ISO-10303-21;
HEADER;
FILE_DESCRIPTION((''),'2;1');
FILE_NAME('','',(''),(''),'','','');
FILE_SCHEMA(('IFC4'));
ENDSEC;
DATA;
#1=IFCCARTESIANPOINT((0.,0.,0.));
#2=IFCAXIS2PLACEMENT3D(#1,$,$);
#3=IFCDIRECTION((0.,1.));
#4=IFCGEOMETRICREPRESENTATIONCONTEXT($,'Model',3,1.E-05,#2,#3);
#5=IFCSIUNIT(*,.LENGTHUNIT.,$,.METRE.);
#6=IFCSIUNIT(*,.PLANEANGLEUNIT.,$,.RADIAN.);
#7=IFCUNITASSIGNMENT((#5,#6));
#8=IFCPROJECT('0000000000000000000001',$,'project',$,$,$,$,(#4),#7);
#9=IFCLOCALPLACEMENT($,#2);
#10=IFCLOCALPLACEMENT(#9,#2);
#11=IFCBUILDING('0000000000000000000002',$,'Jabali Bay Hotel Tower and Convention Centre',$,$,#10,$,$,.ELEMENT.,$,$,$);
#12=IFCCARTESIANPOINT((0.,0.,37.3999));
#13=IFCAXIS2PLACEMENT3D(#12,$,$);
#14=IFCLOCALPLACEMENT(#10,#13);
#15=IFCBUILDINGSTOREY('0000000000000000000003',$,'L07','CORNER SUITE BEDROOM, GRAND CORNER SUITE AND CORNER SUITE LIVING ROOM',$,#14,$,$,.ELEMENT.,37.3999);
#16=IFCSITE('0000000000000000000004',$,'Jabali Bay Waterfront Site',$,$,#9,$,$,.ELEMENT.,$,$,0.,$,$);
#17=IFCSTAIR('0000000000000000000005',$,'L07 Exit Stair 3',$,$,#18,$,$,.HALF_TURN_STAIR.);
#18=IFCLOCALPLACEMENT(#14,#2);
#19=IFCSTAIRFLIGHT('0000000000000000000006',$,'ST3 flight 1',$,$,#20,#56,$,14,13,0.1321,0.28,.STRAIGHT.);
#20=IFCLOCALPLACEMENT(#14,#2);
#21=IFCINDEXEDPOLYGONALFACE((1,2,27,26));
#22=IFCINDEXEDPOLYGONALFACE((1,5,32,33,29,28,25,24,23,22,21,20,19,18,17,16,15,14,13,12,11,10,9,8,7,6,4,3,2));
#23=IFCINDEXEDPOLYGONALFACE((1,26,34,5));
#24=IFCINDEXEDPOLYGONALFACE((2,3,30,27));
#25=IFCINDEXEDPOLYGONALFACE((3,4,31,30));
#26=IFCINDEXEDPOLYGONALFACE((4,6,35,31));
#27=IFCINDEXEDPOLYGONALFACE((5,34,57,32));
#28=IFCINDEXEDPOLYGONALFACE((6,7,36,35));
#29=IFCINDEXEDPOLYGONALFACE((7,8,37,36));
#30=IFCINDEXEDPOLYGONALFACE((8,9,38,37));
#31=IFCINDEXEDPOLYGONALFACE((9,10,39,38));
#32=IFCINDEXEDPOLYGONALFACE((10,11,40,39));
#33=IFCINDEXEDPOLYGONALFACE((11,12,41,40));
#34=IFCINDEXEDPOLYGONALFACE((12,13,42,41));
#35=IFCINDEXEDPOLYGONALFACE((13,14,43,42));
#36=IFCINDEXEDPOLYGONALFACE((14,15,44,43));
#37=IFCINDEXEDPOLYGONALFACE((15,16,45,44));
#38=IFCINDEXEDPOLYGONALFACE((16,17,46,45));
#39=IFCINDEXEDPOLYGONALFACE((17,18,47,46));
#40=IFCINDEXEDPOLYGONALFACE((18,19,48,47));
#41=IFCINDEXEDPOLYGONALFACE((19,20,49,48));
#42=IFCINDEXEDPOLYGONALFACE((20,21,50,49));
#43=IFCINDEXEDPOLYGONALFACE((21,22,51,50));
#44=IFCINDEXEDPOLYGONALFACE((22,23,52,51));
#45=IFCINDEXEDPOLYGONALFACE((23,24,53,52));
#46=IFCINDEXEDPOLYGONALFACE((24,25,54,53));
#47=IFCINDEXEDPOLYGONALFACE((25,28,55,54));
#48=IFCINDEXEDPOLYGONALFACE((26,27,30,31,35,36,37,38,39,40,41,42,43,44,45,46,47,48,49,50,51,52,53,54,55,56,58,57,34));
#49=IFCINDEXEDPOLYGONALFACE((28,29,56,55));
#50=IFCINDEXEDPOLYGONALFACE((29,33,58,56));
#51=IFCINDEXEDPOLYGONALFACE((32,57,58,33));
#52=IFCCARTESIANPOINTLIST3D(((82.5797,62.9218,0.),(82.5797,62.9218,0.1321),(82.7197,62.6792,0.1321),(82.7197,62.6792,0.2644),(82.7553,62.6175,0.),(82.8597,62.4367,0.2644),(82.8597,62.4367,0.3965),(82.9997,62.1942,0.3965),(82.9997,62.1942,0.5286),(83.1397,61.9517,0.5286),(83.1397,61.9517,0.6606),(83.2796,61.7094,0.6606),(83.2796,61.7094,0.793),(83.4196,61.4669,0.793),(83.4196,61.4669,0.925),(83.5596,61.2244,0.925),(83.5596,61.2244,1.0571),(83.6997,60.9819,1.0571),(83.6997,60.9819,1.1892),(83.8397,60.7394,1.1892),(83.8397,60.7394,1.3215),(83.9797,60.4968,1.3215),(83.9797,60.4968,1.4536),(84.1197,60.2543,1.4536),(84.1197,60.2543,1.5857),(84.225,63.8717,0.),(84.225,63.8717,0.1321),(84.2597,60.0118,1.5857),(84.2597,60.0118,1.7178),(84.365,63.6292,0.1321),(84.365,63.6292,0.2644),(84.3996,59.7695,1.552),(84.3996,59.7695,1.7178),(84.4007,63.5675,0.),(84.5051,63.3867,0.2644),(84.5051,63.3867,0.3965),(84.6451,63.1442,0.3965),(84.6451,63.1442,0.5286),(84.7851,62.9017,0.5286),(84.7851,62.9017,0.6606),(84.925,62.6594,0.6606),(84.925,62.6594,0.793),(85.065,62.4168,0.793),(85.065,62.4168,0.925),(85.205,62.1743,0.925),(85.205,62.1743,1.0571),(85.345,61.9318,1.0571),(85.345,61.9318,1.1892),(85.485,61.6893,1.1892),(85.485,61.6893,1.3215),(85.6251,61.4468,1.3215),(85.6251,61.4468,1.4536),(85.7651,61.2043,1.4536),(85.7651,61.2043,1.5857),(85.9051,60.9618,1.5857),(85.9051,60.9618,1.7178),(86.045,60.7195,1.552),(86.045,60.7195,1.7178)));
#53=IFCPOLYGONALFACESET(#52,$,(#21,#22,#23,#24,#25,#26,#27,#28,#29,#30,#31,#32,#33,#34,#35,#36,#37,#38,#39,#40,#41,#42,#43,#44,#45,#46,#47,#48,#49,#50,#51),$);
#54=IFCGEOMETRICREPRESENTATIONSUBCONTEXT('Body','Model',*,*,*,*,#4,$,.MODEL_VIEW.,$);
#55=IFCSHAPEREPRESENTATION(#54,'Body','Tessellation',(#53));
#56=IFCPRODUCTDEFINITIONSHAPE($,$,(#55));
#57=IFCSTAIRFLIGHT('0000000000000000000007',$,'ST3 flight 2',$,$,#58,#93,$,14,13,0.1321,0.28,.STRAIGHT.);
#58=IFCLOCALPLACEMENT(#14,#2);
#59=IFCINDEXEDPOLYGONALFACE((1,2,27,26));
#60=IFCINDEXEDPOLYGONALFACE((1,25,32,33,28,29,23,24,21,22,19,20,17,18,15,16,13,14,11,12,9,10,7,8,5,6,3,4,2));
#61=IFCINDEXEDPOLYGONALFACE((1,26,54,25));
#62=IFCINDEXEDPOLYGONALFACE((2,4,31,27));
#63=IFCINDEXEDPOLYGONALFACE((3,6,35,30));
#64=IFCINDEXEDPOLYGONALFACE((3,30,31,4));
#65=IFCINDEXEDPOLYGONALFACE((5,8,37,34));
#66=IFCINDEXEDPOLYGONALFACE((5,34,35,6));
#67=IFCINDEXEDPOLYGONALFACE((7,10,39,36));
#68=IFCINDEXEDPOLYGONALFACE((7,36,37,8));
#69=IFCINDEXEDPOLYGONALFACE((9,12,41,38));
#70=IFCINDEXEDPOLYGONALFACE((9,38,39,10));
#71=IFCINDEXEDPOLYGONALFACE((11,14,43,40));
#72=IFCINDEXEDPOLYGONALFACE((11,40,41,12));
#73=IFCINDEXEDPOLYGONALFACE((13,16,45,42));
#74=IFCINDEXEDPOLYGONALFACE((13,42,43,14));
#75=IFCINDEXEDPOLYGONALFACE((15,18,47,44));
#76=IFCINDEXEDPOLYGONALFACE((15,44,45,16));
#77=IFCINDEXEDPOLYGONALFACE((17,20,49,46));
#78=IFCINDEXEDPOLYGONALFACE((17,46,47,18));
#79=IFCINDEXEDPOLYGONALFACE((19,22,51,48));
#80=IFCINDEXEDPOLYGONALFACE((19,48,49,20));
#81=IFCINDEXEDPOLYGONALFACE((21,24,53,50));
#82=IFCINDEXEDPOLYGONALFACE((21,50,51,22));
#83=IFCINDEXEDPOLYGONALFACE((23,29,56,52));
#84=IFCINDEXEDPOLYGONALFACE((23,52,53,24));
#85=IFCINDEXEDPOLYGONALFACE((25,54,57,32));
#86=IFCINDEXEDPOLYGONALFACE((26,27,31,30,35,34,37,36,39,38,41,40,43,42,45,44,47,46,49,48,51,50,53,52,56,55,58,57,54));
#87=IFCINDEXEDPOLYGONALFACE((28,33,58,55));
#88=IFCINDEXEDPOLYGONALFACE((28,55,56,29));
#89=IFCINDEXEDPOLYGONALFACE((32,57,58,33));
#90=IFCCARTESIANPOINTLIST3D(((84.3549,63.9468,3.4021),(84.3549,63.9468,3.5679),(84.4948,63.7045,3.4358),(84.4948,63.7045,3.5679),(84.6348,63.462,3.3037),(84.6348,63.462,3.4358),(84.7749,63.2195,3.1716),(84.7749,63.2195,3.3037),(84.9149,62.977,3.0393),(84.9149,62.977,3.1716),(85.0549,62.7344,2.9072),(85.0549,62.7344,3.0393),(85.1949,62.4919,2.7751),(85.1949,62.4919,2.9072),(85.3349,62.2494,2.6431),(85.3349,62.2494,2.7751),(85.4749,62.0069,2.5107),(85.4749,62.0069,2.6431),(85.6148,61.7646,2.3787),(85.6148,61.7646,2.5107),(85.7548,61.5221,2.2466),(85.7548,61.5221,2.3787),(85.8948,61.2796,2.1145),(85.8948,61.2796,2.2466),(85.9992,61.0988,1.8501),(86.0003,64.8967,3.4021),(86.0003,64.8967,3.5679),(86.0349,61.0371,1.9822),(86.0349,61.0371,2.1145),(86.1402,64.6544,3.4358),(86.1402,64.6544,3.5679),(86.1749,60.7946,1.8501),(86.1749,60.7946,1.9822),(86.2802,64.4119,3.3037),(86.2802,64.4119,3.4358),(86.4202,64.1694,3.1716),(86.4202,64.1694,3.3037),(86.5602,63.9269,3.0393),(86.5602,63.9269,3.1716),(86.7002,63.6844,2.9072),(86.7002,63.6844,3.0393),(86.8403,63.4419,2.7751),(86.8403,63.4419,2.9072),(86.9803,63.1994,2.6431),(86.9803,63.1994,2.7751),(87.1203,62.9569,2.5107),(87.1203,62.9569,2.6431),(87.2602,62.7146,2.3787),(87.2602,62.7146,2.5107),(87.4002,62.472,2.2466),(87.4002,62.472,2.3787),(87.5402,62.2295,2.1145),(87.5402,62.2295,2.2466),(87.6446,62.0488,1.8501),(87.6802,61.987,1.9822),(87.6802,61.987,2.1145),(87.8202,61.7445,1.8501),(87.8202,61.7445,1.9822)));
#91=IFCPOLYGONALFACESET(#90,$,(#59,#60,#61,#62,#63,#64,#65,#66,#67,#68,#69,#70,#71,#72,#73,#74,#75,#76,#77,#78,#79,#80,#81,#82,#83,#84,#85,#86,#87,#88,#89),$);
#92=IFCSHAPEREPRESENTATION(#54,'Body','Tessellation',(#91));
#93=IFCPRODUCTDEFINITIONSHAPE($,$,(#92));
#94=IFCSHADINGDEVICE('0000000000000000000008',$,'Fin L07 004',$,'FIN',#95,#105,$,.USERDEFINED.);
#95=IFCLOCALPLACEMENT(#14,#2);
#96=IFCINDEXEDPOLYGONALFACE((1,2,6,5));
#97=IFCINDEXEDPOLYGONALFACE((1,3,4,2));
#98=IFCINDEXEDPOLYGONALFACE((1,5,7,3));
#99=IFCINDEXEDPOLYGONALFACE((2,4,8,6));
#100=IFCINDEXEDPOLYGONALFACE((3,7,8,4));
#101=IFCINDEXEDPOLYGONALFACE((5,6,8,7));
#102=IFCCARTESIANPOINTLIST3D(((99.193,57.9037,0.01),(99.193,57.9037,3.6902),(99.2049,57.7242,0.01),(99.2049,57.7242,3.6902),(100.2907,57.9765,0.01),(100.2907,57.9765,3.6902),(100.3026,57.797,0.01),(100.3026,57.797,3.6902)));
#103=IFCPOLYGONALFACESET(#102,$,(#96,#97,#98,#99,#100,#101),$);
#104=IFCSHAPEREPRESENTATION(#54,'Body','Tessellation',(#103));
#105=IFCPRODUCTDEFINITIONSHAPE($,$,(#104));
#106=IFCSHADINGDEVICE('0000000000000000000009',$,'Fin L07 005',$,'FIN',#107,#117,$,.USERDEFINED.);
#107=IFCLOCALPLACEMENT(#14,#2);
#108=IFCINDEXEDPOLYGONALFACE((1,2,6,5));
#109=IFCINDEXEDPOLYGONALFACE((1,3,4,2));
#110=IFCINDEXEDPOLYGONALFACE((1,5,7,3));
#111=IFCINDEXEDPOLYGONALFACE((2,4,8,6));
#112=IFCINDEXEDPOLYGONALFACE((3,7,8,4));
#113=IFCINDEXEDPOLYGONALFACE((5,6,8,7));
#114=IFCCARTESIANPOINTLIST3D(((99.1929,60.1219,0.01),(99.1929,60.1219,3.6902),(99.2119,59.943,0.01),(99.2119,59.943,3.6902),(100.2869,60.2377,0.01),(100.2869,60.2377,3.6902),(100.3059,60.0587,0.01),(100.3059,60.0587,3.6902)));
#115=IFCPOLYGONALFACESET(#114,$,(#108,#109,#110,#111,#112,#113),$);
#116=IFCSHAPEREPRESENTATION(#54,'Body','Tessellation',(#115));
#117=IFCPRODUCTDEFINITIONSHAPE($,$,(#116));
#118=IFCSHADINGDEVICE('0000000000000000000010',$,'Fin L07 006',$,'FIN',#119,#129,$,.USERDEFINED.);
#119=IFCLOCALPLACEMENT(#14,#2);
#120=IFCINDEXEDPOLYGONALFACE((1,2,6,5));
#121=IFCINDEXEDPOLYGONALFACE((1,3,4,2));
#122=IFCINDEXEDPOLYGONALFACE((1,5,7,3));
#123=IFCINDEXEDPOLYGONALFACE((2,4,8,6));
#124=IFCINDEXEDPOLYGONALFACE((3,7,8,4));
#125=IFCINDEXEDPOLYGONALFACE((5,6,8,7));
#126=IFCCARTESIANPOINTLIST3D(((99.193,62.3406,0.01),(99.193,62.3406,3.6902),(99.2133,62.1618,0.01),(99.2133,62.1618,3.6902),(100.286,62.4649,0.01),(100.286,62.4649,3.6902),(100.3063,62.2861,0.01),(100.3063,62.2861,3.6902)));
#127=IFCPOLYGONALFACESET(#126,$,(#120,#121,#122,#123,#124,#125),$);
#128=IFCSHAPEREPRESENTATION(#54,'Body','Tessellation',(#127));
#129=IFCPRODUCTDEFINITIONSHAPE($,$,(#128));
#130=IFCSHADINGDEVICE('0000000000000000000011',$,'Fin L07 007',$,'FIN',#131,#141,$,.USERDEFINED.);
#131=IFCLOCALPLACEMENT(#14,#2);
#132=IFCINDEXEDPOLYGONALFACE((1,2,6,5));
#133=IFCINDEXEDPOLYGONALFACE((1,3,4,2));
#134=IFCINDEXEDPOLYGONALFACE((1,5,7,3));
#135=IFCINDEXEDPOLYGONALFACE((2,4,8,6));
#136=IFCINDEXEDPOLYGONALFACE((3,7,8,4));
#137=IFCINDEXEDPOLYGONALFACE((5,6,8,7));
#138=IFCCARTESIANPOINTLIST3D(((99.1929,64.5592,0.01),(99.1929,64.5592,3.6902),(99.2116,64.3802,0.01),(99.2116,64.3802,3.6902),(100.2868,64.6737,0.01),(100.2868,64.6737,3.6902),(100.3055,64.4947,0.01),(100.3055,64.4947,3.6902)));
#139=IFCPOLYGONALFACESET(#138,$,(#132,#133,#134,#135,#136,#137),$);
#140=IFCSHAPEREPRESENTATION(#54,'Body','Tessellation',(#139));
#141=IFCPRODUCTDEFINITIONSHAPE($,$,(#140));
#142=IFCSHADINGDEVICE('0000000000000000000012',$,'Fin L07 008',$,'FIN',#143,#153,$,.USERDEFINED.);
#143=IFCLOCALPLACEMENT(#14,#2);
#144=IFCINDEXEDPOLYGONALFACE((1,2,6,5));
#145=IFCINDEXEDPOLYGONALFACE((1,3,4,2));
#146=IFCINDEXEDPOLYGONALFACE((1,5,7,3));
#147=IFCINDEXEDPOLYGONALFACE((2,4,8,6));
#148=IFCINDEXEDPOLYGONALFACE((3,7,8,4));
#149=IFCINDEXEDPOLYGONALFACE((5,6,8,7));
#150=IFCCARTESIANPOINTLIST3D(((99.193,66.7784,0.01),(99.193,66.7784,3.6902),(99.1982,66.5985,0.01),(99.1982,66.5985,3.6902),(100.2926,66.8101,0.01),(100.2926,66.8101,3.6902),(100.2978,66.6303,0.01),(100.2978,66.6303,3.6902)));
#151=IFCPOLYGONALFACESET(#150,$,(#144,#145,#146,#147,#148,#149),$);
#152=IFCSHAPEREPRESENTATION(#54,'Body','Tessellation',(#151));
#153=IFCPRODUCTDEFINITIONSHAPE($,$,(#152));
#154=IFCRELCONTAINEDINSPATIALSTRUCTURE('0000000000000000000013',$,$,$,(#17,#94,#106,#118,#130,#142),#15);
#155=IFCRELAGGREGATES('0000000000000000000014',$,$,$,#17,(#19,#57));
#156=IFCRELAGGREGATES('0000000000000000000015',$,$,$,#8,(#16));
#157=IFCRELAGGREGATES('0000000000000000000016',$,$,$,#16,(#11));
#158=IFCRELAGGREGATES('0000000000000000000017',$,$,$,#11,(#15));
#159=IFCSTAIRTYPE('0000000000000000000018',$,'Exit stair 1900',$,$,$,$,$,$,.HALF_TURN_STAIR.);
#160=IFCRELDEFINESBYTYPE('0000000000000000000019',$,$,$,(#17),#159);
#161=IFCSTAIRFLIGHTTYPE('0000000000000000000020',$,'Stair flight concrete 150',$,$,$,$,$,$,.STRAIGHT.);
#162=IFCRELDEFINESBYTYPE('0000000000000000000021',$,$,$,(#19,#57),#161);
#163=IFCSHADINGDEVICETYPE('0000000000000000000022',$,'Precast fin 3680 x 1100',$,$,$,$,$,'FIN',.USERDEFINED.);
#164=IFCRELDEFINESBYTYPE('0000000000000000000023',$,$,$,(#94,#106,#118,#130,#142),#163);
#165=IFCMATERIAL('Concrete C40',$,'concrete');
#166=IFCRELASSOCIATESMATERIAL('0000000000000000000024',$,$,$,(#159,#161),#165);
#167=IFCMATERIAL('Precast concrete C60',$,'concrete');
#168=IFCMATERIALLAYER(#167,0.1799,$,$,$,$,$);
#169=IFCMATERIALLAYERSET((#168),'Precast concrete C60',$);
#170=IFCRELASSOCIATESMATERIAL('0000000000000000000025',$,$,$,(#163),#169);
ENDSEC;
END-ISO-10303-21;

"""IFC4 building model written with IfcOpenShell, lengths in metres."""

from ifc_helpers import new_model, si_unit, direction, frame, frame_2d, origin, place, context, subcontext, project, spatial, polyline, rectangle, outline, extrude, material, layer, layer_set, type_object, element, aggregate, save


model = new_model("IFC4")

# Units and contexts
model_context = context("Model", 3, precision=1e-05, world=origin(), true_north=direction((0.0, 1.0)))
body_context = subcontext(model_context, "Body", "Model", "MODEL_VIEW")
ifc_project = project(units=[si_unit("LENGTHUNIT", "METRE"), si_unit("PLANEANGLEUNIT", "RADIAN")], contexts=[model_context])

# Site, building, storey
site_placement = place(None, origin())
site = spatial("IfcSite", under=ifc_project, at=site_placement, Name="Jabali Bay Waterfront Site", CompositionType="ELEMENT", RefElevation=0.0)
building_placement = place(site_placement, origin())
building = spatial("IfcBuilding", under=site, at=building_placement, Name="Jabali Bay Hotel Tower and Convention Centre", CompositionType="ELEMENT")
storey_placement = place(building_placement, frame((0.0, 0.0, 37.3999)))
storey = spatial("IfcBuildingStorey", under=building, at=storey_placement, Name="L07", Description="CORNER SUITE BEDROOM, GRAND CORNER SUITE AND CORNER SUITE LIVING ROOM", CompositionType="ELEMENT", Elevation=37.3999)

# Shared definitions
ifc_material_1 = material(Name="Concrete C40", Category="concrete")

# Stair, stair flights
stair_type = type_object("IfcStairType", Name="Exit stair 1900", PredefinedType="HALF_TURN_STAIR", material=ifc_material_1)
stair_placement = place(storey_placement, origin())
stair = element("IfcStair", 1, at=stair_placement, inside=storey, type_object=stair_type, Name="L07 Exit Stair 3", PredefinedType="HALF_TURN_STAIR")
stair_flight_type = type_object("IfcStairFlightType", Name="Stair flight concrete 150", PredefinedType="STRAIGHT", material=ifc_material_1)
stair_flight_1_placement = place(storey_placement, frame((83.4023, 63.3967, 0.0), z_axis=(0.0, 0.0, 1.0), x_axis=(0.5, -0.866025, 0.0)))
stair_flight_1 = element("IfcStairFlight", 2, at=stair_flight_1_placement, type_object=stair_flight_type, Name="ST3 flight 1", NumberOfRisers=14, NumberOfTreads=13, PredefinedType="STRAIGHT", RiserHeight=0.1321, TreadLength=0.28, context=body_context, shape_type="SweptSolid", body=[
    extrude(outline(polyline([(0.0, 0.0), (0.0, 0.1321), (0.28, 0.1321), (0.28, 0.2644), (0.5601, 0.2644), (0.5601, 0.3965), (0.8401, 0.3965), (0.8401, 0.5286), (1.1201, 0.5286), (1.1201, 0.6606), (1.3999, 0.6606), (1.3999, 0.793), (1.6799, 0.793), (1.6799, 0.925), (1.96, 0.925), (1.96, 1.0571), (2.24, 1.0571), (2.24, 1.1892), (2.52, 1.1892), (2.52, 1.3215), (2.8, 1.3215), (2.8, 1.4536), (3.0801, 1.4536), (3.0801, 1.5857), (3.3601, 1.5857), (3.3601, 1.7178), (3.6399, 1.7178), (3.6399, 1.8501), (3.6399, 1.552), (0.3513, 0.0), (0.0, 0.0)])), frame((0.0, 0.95, 0.0), z_axis=(0.0, -1.0, 0.0), x_axis=(1.0, 0.0, 0.0)), (0.0, 0.0, 1.0), 1.8999),
])
stair_flight_2_placement = place(storey_placement, frame((86.9976, 61.2695, 1.8501), z_axis=(0.0, 0.0, 1.0), x_axis=(-0.5, 0.866025, 0.0)))
stair_flight_2 = element("IfcStairFlight", 3, at=stair_flight_2_placement, type_object=stair_flight_type, Name="ST3 flight 2", NumberOfRisers=14, NumberOfTreads=13, PredefinedType="STRAIGHT", RiserHeight=0.1321, TreadLength=0.28, context=body_context, shape_type="SweptSolid", body=[
    extrude(outline(polyline([(0.0, 0.0), (0.0, 0.1321), (0.28, 0.1321), (0.28, 0.2644), (0.5601, 0.2644), (0.5601, 0.3965), (0.8401, 0.3965), (0.8401, 0.5286), (1.1201, 0.5286), (1.1201, 0.6606), (1.3999, 0.6606), (1.3999, 0.793), (1.6799, 0.793), (1.6799, 0.925), (1.96, 0.925), (1.96, 1.0571), (2.24, 1.0571), (2.24, 1.1892), (2.52, 1.1892), (2.52, 1.3215), (2.8, 1.3215), (2.8, 1.4536), (3.0801, 1.4536), (3.0801, 1.5857), (3.3601, 1.5857), (3.3601, 1.7178), (3.6399, 1.7178), (3.6399, 1.8501), (3.6399, 1.552), (0.3513, 0.0), (0.0, 0.0)])), frame((0.0, 0.95, 0.0), z_axis=(0.0, -1.0, 0.0), x_axis=(1.0, 0.0, 0.0)), (0.0, 0.0, 1.0), 1.8999),
])
aggregate(stair, [stair_flight_1, stair_flight_2])

# Shading devices
ifc_material_2 = material(Name="Precast concrete C60", Category="concrete")
ifc_layer_1 = layer(ifc_material_2, 0.1799)
ifc_layer_set_1 = layer_set([ifc_layer_1], Name="Precast concrete C60")
shading_device_type = type_object("IfcShadingDeviceType", Name="Precast fin 3680 x 1100", ElementType="FIN", PredefinedType="USERDEFINED", material=ifc_layer_set_1)
for number, where, z_axis, x_axis, name in (
    (4, (99.199, 57.814, 0.01), (0.0, 0.0, 1.0), (0.997811, 0.066136, 0.0), "Fin L07 004"),
    (5, (99.2024, 60.0325, 0.01), (0.0, 0.0, 1.0), (0.994452, 0.105193, 0.0), "Fin L07 005"),
    (6, (99.2031, 62.2512, 0.01), (0.0, 0.0, 1.0), (0.993599, 0.112964, 0.0), "Fin L07 006"),
):
    element("IfcShadingDevice", number, at=place(storey_placement, frame(where, z_axis=z_axis, x_axis=x_axis)), inside=storey, type_object=shading_device_type, Name=name, ObjectType="FIN", PredefinedType="USERDEFINED", context=body_context, shape_type="SweptSolid", body=[
        extrude(rectangle(XDim=1.1001, YDim=0.1799, at=frame_2d((0.55, 0.0))), origin(), (0.0, 0.0, 1.0), 3.6802),
    ])
shading_device_1_placement = place(storey_placement, frame((99.2024, 64.4697, 0.01), z_axis=(0.0, 0.0, 1.0), x_axis=(0.994567, 0.104096, 0.0)))
element("IfcShadingDevice", 7, at=shading_device_1_placement, inside=storey, type_object=shading_device_type, Name="Fin L07 007", ObjectType="FIN", PredefinedType="USERDEFINED", context=body_context, shape_type="SweptSolid", body=[
    extrude(rectangle(XDim=1.0999, YDim=0.1799, at=frame_2d((0.5498, 0.0))), origin(), (0.0, 0.0, 1.0), 3.6802),
])
shading_device_2_placement = place(storey_placement, frame((99.1956, 66.6885, 0.01), z_axis=(0.0, 0.0, 1.0), x_axis=(0.999584, 0.028851, 0.0)))
element("IfcShadingDevice", 8, at=shading_device_2_placement, inside=storey, type_object=shading_device_type, Name="Fin L07 008", ObjectType="FIN", PredefinedType="USERDEFINED", context=body_context, shape_type="SweptSolid", body=[
    extrude(rectangle(XDim=1.1001, YDim=0.1799, at=frame_2d((0.55, 0.0))), origin(), (0.0, 0.0, 1.0), 3.6802),
])

save(model, "model.ifc")
